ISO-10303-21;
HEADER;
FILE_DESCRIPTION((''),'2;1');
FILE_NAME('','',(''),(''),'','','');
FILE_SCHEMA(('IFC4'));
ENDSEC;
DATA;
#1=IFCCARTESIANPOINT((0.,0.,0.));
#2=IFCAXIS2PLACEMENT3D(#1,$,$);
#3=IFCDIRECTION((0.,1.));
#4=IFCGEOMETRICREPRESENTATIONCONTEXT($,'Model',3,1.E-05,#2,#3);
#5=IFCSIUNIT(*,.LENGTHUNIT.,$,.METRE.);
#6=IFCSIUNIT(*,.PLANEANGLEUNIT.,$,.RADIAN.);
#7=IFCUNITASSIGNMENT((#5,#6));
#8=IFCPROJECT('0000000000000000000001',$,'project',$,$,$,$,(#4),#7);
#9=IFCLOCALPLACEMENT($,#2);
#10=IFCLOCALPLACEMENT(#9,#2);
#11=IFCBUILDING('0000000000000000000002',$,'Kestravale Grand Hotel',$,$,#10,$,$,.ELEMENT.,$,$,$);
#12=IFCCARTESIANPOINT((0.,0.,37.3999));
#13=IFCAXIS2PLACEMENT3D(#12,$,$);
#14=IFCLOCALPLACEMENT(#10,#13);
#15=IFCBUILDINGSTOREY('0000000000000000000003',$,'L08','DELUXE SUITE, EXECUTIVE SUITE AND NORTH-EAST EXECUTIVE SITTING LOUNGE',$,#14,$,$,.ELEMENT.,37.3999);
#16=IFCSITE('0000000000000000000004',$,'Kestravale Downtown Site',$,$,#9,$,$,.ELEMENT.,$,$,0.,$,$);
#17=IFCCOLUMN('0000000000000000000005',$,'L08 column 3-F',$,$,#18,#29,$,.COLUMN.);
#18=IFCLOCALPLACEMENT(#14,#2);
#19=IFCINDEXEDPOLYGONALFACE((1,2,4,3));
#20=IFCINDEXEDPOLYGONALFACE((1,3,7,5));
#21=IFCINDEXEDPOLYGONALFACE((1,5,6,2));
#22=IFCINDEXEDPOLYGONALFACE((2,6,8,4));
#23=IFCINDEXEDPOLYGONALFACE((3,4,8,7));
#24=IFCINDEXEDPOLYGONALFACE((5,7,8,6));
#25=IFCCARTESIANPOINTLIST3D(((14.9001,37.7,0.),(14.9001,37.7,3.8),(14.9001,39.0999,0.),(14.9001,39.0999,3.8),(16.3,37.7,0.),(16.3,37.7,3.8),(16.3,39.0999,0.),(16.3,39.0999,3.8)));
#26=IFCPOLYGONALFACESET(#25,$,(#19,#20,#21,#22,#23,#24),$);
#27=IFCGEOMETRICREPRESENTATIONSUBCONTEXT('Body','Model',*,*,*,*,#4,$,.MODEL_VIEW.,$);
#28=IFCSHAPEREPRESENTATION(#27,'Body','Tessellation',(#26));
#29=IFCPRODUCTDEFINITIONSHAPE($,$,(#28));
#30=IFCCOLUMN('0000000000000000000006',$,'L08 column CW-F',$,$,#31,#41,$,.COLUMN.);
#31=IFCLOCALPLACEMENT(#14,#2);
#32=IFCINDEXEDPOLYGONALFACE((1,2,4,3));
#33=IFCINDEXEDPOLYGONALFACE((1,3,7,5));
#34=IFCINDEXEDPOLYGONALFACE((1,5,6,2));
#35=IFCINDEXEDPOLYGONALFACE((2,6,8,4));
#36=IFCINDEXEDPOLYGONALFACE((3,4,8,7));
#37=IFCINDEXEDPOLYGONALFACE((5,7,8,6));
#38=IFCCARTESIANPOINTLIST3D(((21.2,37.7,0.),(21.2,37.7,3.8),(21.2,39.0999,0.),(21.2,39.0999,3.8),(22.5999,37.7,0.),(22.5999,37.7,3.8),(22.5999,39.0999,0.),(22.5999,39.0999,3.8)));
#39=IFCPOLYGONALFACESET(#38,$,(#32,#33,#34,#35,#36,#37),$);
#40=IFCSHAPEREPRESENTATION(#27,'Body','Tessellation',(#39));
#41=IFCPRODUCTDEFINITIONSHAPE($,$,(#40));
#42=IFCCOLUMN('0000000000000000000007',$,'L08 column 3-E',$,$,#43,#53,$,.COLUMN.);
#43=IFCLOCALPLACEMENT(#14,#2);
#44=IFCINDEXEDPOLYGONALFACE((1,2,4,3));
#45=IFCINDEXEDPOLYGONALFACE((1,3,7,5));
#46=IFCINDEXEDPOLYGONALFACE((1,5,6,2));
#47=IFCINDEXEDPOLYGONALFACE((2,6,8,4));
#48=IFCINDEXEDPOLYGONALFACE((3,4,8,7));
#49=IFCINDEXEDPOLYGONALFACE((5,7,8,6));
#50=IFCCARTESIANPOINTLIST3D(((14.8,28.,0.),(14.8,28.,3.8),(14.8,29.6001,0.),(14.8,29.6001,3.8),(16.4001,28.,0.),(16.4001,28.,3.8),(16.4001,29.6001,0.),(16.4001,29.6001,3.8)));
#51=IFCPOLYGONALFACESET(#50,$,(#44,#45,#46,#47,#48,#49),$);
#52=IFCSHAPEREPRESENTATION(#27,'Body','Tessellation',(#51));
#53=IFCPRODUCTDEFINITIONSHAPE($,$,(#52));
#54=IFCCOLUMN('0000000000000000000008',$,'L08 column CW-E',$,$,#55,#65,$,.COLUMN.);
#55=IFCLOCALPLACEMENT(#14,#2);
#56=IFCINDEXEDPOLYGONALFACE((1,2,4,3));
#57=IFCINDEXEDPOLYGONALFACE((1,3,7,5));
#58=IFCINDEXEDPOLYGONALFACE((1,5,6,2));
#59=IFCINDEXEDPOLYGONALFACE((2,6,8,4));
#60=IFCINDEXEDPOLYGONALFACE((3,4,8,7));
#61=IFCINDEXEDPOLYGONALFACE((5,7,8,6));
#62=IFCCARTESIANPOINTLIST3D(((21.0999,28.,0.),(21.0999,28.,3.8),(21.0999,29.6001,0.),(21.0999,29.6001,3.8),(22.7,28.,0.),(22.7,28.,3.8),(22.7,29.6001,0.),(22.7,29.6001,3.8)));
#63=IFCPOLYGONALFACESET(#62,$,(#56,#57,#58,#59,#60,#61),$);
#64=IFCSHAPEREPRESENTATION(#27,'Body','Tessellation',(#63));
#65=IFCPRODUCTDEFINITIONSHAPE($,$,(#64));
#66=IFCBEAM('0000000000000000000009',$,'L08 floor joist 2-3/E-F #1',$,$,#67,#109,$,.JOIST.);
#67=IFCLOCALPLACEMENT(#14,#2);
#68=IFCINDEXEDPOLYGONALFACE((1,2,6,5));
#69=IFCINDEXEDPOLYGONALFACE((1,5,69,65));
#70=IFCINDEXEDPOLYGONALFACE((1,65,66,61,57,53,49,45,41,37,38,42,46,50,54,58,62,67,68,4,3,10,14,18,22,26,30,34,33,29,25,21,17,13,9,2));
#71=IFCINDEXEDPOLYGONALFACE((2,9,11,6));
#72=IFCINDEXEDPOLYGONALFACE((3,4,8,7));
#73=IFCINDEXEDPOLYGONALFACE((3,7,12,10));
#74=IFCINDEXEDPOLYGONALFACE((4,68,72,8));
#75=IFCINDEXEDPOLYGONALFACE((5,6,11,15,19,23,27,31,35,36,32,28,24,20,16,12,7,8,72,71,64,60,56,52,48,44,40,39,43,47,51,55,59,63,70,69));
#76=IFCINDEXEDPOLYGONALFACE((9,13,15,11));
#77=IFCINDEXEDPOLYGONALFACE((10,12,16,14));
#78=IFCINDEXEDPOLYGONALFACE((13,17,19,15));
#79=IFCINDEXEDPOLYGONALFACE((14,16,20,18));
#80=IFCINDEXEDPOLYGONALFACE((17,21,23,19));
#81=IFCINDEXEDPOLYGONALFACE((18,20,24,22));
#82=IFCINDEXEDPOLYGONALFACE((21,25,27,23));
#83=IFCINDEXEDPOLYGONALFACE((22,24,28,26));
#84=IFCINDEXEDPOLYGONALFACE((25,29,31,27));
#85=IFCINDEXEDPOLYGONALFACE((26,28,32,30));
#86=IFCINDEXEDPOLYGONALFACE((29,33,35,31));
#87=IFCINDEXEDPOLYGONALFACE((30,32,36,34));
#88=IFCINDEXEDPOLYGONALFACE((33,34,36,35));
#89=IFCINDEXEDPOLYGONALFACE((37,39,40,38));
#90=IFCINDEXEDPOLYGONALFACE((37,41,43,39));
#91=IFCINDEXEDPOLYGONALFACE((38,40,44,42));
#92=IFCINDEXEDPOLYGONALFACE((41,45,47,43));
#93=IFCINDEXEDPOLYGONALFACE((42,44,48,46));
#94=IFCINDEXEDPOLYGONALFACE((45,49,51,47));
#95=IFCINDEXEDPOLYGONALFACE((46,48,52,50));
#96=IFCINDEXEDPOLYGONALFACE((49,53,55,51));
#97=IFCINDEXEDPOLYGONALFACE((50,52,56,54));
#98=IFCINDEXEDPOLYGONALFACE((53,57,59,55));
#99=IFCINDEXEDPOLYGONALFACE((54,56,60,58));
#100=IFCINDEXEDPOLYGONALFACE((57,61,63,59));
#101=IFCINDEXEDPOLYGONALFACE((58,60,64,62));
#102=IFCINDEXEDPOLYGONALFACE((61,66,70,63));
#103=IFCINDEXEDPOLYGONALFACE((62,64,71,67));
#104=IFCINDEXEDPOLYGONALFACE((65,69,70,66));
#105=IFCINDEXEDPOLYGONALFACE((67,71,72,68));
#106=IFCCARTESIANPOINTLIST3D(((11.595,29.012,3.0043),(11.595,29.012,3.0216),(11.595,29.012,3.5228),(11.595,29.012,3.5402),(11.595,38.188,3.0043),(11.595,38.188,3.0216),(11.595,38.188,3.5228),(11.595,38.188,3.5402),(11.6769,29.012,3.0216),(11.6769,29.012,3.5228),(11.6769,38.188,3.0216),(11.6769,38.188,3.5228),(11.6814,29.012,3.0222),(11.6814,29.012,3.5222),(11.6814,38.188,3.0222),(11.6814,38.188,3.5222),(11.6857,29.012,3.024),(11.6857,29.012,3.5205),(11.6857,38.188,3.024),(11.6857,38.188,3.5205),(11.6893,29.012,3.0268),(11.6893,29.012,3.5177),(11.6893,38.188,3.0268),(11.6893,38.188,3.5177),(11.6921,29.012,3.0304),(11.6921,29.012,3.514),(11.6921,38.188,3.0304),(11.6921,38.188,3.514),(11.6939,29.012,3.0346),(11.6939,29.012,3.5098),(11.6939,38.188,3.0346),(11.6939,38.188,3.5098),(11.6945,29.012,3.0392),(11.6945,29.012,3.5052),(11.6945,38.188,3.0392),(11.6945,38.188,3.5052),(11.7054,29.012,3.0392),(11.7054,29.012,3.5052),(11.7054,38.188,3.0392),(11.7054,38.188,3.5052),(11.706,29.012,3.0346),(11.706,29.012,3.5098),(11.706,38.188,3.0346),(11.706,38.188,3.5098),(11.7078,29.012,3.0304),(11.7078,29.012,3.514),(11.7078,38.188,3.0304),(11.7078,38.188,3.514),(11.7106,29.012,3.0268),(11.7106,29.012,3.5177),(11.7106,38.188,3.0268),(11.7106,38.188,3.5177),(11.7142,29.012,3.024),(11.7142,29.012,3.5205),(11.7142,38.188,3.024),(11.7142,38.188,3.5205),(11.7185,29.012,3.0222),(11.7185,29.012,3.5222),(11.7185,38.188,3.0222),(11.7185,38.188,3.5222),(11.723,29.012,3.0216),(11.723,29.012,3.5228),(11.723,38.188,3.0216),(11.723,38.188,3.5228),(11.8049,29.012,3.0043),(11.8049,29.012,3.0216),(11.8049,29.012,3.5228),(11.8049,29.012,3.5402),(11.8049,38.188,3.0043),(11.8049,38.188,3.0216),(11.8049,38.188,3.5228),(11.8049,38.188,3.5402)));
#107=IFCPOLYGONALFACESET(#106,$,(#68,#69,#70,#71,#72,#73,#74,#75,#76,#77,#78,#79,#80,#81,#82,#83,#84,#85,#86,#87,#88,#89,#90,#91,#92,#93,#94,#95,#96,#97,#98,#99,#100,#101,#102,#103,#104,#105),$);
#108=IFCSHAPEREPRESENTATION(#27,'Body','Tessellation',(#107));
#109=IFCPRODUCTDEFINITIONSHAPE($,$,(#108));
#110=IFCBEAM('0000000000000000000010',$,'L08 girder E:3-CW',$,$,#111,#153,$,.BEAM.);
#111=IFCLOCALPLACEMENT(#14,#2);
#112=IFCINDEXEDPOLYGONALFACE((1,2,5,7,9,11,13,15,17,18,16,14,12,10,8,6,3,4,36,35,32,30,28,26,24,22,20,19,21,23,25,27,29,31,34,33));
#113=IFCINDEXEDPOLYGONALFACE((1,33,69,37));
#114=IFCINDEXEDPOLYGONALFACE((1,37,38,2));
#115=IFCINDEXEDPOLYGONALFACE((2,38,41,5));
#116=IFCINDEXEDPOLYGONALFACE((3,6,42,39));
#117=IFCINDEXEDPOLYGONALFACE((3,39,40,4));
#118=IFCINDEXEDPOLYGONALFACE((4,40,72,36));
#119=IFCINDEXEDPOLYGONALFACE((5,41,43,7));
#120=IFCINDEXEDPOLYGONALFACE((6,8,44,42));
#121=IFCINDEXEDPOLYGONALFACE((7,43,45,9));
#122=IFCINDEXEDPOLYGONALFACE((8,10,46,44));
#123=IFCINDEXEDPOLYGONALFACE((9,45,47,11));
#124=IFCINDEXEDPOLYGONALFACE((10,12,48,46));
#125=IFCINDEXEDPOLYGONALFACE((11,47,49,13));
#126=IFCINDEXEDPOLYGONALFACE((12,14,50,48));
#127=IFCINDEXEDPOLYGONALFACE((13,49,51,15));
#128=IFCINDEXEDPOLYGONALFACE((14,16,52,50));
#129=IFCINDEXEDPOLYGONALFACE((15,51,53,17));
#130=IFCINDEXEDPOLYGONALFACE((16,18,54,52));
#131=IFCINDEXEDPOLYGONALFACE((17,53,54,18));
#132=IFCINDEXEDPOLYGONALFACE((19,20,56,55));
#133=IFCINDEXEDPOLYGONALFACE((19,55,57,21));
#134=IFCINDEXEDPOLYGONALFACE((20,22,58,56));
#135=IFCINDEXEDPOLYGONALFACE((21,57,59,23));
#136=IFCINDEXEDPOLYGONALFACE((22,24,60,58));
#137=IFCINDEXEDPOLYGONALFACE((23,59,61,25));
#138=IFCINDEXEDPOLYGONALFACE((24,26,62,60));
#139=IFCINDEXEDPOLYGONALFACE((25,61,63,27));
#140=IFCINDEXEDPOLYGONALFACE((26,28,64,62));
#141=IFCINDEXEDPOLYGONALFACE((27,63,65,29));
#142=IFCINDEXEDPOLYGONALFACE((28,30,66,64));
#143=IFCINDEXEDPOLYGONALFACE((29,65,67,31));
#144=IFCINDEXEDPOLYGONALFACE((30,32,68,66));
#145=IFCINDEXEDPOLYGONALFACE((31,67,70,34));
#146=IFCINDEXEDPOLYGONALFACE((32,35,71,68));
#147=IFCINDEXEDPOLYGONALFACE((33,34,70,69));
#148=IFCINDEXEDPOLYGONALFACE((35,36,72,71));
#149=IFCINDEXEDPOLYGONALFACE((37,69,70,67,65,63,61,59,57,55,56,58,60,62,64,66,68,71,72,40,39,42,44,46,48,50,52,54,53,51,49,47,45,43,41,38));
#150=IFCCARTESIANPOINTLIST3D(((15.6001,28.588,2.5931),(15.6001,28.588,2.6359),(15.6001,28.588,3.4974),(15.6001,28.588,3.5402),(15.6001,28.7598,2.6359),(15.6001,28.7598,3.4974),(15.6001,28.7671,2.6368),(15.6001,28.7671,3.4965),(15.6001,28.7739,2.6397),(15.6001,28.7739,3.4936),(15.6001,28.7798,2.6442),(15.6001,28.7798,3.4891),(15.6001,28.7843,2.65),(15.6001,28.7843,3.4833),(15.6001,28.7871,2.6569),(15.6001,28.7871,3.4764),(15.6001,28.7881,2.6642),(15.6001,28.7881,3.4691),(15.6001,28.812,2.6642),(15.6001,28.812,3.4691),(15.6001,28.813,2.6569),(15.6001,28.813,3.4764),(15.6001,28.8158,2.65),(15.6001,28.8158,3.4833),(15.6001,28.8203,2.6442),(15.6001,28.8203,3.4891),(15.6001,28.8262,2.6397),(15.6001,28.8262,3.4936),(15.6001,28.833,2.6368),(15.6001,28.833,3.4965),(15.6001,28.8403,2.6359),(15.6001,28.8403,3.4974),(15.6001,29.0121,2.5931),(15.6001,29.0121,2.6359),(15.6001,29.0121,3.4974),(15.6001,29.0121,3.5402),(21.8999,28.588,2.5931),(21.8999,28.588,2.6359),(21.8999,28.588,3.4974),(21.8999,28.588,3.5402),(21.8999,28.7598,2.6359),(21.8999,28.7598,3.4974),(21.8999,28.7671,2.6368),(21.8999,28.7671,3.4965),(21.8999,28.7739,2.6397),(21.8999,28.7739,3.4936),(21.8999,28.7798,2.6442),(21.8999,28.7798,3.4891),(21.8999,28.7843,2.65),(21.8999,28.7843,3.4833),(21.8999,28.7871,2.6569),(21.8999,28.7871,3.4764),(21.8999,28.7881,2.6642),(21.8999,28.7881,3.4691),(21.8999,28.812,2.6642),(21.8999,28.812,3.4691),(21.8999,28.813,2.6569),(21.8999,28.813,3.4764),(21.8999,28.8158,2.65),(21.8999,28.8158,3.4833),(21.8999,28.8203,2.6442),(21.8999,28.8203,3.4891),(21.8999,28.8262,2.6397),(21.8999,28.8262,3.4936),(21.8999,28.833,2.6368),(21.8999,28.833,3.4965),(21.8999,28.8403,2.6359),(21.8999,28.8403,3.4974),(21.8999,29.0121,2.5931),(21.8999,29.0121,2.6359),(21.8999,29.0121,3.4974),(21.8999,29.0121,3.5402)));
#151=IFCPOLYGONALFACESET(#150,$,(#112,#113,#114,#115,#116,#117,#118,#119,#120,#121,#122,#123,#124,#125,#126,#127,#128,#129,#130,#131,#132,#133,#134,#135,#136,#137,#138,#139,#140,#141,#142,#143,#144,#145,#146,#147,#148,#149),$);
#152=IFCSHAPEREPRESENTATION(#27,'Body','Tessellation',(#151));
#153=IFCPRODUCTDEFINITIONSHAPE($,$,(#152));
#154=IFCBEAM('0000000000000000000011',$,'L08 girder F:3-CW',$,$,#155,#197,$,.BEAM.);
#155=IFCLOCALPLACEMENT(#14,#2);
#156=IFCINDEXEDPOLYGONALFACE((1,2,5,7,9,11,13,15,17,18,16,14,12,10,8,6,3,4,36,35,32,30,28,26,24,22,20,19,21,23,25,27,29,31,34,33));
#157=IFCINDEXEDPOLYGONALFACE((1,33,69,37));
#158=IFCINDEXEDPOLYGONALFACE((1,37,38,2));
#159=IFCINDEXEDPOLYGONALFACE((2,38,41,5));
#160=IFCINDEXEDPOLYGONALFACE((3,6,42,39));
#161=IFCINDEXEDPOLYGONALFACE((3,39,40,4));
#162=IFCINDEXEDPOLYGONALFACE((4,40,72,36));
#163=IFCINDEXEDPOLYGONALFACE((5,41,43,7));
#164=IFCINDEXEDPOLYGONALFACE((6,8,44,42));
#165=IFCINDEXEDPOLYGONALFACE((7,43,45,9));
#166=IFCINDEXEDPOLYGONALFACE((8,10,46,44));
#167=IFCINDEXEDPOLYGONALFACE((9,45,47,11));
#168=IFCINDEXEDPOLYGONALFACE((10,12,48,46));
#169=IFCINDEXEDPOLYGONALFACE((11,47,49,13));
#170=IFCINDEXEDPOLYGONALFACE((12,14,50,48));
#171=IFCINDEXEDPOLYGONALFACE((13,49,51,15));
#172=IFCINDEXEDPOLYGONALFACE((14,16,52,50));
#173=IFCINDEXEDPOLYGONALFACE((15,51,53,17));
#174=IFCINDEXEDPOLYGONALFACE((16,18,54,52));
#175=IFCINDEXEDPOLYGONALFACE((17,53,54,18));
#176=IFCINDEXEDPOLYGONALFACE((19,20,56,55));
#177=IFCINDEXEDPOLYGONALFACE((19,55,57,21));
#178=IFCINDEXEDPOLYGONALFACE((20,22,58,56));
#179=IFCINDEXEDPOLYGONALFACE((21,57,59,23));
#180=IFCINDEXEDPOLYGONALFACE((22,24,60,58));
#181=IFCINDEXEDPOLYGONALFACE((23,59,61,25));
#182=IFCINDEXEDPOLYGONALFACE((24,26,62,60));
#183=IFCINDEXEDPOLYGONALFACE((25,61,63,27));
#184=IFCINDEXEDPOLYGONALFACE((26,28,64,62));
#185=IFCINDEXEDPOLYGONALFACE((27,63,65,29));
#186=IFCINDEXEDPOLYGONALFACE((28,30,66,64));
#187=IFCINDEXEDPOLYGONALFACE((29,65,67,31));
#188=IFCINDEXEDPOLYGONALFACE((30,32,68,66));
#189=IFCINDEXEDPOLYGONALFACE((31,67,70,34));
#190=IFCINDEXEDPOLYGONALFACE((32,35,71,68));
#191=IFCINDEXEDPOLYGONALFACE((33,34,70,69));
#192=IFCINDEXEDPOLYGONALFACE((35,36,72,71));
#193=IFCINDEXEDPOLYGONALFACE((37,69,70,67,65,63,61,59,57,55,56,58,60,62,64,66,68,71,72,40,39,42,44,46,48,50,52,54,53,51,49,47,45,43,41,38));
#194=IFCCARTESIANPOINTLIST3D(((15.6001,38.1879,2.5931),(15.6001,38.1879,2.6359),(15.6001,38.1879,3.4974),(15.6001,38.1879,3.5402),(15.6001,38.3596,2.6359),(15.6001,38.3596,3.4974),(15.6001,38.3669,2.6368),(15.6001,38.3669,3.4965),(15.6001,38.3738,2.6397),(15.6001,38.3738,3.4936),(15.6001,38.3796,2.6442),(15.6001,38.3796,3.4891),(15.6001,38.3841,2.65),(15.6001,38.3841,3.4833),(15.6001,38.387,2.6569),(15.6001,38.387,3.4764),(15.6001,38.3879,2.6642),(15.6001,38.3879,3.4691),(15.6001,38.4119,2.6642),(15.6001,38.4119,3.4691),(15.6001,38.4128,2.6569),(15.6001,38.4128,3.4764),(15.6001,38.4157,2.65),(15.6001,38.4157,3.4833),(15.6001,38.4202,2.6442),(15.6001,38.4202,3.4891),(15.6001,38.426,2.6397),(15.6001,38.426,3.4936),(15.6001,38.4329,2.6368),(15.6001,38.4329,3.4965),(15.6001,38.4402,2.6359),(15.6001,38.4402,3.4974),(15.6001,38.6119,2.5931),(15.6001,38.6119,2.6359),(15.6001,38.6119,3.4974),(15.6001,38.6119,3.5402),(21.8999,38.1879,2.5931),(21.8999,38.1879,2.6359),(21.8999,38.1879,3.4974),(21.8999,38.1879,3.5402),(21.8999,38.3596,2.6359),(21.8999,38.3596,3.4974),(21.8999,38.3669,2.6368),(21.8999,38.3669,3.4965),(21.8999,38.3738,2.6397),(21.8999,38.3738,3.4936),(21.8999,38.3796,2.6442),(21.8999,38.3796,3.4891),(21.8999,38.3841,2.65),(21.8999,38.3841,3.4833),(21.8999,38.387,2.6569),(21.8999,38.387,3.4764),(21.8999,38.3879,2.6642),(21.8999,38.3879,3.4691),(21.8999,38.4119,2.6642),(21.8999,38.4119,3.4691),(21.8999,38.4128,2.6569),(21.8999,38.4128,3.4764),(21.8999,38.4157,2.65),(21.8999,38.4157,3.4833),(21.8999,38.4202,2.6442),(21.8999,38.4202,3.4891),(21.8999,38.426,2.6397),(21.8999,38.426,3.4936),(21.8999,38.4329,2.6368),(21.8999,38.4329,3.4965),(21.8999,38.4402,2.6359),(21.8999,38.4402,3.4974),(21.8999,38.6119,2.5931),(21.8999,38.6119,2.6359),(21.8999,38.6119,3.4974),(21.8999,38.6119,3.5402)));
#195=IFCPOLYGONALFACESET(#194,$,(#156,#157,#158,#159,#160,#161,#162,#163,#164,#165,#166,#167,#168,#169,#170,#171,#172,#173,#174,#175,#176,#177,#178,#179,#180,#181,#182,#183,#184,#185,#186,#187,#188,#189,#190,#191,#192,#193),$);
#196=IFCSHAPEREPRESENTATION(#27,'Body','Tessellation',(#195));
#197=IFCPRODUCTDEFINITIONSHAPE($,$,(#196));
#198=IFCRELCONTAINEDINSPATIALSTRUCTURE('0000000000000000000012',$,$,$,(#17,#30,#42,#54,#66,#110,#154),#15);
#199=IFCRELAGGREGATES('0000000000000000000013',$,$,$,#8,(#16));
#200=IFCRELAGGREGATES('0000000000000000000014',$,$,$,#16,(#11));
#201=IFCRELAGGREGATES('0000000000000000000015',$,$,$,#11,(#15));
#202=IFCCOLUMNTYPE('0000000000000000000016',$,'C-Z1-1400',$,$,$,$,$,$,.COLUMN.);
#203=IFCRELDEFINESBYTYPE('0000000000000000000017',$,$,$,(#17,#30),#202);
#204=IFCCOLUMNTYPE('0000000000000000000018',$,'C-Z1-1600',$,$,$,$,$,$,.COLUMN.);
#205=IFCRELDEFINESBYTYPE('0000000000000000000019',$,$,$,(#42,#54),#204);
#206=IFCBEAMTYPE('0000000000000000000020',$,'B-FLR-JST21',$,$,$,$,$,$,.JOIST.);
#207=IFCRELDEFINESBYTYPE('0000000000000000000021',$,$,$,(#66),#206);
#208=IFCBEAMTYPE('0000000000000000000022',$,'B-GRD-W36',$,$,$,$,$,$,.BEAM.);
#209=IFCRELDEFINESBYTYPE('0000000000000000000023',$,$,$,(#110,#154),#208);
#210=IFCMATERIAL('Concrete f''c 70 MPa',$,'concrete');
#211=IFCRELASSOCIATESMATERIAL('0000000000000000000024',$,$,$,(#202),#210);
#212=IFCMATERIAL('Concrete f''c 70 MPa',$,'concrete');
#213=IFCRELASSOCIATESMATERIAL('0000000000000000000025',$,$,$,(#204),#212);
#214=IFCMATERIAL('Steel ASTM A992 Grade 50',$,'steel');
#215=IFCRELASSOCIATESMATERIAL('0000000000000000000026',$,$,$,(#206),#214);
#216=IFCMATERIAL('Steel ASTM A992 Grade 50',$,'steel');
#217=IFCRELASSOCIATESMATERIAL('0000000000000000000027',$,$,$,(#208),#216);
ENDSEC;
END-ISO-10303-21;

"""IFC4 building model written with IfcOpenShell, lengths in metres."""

from ifc_helpers import new_model, si_unit, direction, frame, origin, origin_2d, place, context, subcontext, project, spatial, rectangle, i_section, extrude, material, material_profile, profile_set, type_object, element, save


model = new_model("IFC4")

# Units and contexts
model_context = context("Model", 3, precision=1e-05, world=origin(), true_north=direction((0.0, 1.0)))
body_context = subcontext(model_context, "Body", "Model", "MODEL_VIEW")
ifc_project = project(units=[si_unit("LENGTHUNIT", "METRE"), si_unit("PLANEANGLEUNIT", "RADIAN")], contexts=[model_context])

# Site, building, storey
site_placement = place(None, origin())
site = spatial("IfcSite", under=ifc_project, at=site_placement, Name="Kestravale Downtown Site", CompositionType="ELEMENT", RefElevation=0.0)
building_placement = place(site_placement, origin())
building = spatial("IfcBuilding", under=site, at=building_placement, Name="Kestravale Grand Hotel", CompositionType="ELEMENT")
storey_placement = place(building_placement, frame((0.0, 0.0, 37.3999)))
storey = spatial("IfcBuildingStorey", under=building, at=storey_placement, Name="L08", Description="DELUXE SUITE, EXECUTIVE SUITE AND NORTH-EAST EXECUTIVE SITTING LOUNGE", CompositionType="ELEMENT", Elevation=37.3999)

# Columns
ifc_material_1 = material(Name="Concrete f'c 70 MPa", Category="concrete")
ifc_material_profile_1 = material_profile(ifc_material_1, rectangle(XDim=1.3999, YDim=1.3999, at=origin_2d()))
ifc_profile_set_1 = profile_set([ifc_material_profile_1], Name="Concrete f'c 70 MPa")
column_type_1 = type_object("IfcColumnType", Name="C-Z1-1400", PredefinedType="COLUMN", material=ifc_profile_set_1)
for number, where, z_axis, x_axis, name in (
    (1, (15.6001, 38.3999, 0.0), (0.0, 0.0, 1.0), (1.0, 0.0, 0.0), "L08 column 3-F"),
    (2, (21.8999, 38.3999, 0.0), (0.0, 0.0, 1.0), (1.0, 0.0, 0.0), "L08 column CW-F"),
):
    element("IfcColumn", number, at=place(storey_placement, frame(where, z_axis=z_axis, x_axis=x_axis)), inside=storey, type_object=column_type_1, Name=name, PredefinedType="COLUMN", context=body_context, shape_type="SweptSolid", body=[
        extrude(rectangle(XDim=1.3999, YDim=1.3999, at=origin_2d()), origin(), (0.0, 0.0, 1.0), 3.8),
    ])
ifc_material_2 = material(Name="Concrete f'c 70 MPa", Category="concrete")
ifc_material_profile_2 = material_profile(ifc_material_2, rectangle(XDim=1.6001, YDim=1.6001, at=origin_2d()))
ifc_profile_set_2 = profile_set([ifc_material_profile_2], Name="Concrete f'c 70 MPa")
column_type_2 = type_object("IfcColumnType", Name="C-Z1-1600", PredefinedType="COLUMN", material=ifc_profile_set_2)
for number, where, z_axis, x_axis, name in (
    (3, (15.6001, 28.8, 0.0), (0.0, 0.0, 1.0), (1.0, 0.0, 0.0), "L08 column 3-E"),
    (4, (21.8999, 28.8, 0.0), (0.0, 0.0, 1.0), (1.0, 0.0, 0.0), "L08 column CW-E"),
):
    element("IfcColumn", number, at=place(storey_placement, frame(where, z_axis=z_axis, x_axis=x_axis)), inside=storey, type_object=column_type_2, Name=name, PredefinedType="COLUMN", context=body_context, shape_type="SweptSolid", body=[
        extrude(rectangle(XDim=1.6001, YDim=1.6001, at=origin_2d()), origin(), (0.0, 0.0, 1.0), 3.8),
    ])

# Beams
ifc_material_3 = material(Name="Steel ASTM A992 Grade 50", Category="steel")
ifc_material_profile_3 = material_profile(ifc_material_3, i_section(OverallWidth=0.21, OverallDepth=0.5359, WebThickness=0.011, FlangeThickness=0.0173, FilletRadius=0.0176, at=origin_2d()))
ifc_profile_set_3 = profile_set([ifc_material_profile_3], Name="Steel ASTM A992 Grade 50")
beam_type_1 = type_object("IfcBeamType", Name="B-FLR-JST21", PredefinedType="JOIST", material=ifc_profile_set_3)
beam_1_placement = place(storey_placement, frame((11.7, 29.012, 3.2722), z_axis=(0.0, 1.0, 0.0), x_axis=(-1.0, 0.0, 0.0)))
element("IfcBeam", 5, at=beam_1_placement, inside=storey, type_object=beam_type_1, Name="L08 floor joist 2-3/E-F #1", PredefinedType="JOIST", context=body_context, shape_type="SweptSolid", body=[
    extrude(i_section(OverallWidth=0.21, OverallDepth=0.5359, WebThickness=0.011, FlangeThickness=0.0173, FilletRadius=0.0176, at=origin_2d()), origin(), (0.0, 0.0, 1.0), 9.176),
])
ifc_material_4 = material(Name="Steel ASTM A992 Grade 50", Category="steel")
ifc_material_profile_4 = material_profile(ifc_material_4, i_section(OverallWidth=0.4241, OverallDepth=0.947, WebThickness=0.0239, FlangeThickness=0.0427, FilletRadius=0.0283, at=origin_2d()))
ifc_profile_set_4 = profile_set([ifc_material_profile_4], Name="Steel ASTM A992 Grade 50")
beam_type_2 = type_object("IfcBeamType", Name="B-GRD-W36", PredefinedType="BEAM", material=ifc_profile_set_4)
for number, where, z_axis, x_axis, name in (
    (6, (15.6001, 28.8, 3.0667), (1.0, 0.0, 0.0), (0.0, 1.0, 0.0), "L08 girder E:3-CW"),
    (7, (15.6001, 38.3999, 3.0667), (1.0, 0.0, 0.0), (0.0, 1.0, 0.0), "L08 girder F:3-CW"),
):
    element("IfcBeam", number, at=place(storey_placement, frame(where, z_axis=z_axis, x_axis=x_axis)), inside=storey, type_object=beam_type_2, Name=name, PredefinedType="BEAM", context=body_context, shape_type="SweptSolid", body=[
        extrude(i_section(OverallWidth=0.4241, OverallDepth=0.947, WebThickness=0.0239, FlangeThickness=0.0427, FilletRadius=0.0283, at=origin_2d()), origin(), (0.0, 0.0, 1.0), 6.2998),
    ])

save(model, "model.ifc")
